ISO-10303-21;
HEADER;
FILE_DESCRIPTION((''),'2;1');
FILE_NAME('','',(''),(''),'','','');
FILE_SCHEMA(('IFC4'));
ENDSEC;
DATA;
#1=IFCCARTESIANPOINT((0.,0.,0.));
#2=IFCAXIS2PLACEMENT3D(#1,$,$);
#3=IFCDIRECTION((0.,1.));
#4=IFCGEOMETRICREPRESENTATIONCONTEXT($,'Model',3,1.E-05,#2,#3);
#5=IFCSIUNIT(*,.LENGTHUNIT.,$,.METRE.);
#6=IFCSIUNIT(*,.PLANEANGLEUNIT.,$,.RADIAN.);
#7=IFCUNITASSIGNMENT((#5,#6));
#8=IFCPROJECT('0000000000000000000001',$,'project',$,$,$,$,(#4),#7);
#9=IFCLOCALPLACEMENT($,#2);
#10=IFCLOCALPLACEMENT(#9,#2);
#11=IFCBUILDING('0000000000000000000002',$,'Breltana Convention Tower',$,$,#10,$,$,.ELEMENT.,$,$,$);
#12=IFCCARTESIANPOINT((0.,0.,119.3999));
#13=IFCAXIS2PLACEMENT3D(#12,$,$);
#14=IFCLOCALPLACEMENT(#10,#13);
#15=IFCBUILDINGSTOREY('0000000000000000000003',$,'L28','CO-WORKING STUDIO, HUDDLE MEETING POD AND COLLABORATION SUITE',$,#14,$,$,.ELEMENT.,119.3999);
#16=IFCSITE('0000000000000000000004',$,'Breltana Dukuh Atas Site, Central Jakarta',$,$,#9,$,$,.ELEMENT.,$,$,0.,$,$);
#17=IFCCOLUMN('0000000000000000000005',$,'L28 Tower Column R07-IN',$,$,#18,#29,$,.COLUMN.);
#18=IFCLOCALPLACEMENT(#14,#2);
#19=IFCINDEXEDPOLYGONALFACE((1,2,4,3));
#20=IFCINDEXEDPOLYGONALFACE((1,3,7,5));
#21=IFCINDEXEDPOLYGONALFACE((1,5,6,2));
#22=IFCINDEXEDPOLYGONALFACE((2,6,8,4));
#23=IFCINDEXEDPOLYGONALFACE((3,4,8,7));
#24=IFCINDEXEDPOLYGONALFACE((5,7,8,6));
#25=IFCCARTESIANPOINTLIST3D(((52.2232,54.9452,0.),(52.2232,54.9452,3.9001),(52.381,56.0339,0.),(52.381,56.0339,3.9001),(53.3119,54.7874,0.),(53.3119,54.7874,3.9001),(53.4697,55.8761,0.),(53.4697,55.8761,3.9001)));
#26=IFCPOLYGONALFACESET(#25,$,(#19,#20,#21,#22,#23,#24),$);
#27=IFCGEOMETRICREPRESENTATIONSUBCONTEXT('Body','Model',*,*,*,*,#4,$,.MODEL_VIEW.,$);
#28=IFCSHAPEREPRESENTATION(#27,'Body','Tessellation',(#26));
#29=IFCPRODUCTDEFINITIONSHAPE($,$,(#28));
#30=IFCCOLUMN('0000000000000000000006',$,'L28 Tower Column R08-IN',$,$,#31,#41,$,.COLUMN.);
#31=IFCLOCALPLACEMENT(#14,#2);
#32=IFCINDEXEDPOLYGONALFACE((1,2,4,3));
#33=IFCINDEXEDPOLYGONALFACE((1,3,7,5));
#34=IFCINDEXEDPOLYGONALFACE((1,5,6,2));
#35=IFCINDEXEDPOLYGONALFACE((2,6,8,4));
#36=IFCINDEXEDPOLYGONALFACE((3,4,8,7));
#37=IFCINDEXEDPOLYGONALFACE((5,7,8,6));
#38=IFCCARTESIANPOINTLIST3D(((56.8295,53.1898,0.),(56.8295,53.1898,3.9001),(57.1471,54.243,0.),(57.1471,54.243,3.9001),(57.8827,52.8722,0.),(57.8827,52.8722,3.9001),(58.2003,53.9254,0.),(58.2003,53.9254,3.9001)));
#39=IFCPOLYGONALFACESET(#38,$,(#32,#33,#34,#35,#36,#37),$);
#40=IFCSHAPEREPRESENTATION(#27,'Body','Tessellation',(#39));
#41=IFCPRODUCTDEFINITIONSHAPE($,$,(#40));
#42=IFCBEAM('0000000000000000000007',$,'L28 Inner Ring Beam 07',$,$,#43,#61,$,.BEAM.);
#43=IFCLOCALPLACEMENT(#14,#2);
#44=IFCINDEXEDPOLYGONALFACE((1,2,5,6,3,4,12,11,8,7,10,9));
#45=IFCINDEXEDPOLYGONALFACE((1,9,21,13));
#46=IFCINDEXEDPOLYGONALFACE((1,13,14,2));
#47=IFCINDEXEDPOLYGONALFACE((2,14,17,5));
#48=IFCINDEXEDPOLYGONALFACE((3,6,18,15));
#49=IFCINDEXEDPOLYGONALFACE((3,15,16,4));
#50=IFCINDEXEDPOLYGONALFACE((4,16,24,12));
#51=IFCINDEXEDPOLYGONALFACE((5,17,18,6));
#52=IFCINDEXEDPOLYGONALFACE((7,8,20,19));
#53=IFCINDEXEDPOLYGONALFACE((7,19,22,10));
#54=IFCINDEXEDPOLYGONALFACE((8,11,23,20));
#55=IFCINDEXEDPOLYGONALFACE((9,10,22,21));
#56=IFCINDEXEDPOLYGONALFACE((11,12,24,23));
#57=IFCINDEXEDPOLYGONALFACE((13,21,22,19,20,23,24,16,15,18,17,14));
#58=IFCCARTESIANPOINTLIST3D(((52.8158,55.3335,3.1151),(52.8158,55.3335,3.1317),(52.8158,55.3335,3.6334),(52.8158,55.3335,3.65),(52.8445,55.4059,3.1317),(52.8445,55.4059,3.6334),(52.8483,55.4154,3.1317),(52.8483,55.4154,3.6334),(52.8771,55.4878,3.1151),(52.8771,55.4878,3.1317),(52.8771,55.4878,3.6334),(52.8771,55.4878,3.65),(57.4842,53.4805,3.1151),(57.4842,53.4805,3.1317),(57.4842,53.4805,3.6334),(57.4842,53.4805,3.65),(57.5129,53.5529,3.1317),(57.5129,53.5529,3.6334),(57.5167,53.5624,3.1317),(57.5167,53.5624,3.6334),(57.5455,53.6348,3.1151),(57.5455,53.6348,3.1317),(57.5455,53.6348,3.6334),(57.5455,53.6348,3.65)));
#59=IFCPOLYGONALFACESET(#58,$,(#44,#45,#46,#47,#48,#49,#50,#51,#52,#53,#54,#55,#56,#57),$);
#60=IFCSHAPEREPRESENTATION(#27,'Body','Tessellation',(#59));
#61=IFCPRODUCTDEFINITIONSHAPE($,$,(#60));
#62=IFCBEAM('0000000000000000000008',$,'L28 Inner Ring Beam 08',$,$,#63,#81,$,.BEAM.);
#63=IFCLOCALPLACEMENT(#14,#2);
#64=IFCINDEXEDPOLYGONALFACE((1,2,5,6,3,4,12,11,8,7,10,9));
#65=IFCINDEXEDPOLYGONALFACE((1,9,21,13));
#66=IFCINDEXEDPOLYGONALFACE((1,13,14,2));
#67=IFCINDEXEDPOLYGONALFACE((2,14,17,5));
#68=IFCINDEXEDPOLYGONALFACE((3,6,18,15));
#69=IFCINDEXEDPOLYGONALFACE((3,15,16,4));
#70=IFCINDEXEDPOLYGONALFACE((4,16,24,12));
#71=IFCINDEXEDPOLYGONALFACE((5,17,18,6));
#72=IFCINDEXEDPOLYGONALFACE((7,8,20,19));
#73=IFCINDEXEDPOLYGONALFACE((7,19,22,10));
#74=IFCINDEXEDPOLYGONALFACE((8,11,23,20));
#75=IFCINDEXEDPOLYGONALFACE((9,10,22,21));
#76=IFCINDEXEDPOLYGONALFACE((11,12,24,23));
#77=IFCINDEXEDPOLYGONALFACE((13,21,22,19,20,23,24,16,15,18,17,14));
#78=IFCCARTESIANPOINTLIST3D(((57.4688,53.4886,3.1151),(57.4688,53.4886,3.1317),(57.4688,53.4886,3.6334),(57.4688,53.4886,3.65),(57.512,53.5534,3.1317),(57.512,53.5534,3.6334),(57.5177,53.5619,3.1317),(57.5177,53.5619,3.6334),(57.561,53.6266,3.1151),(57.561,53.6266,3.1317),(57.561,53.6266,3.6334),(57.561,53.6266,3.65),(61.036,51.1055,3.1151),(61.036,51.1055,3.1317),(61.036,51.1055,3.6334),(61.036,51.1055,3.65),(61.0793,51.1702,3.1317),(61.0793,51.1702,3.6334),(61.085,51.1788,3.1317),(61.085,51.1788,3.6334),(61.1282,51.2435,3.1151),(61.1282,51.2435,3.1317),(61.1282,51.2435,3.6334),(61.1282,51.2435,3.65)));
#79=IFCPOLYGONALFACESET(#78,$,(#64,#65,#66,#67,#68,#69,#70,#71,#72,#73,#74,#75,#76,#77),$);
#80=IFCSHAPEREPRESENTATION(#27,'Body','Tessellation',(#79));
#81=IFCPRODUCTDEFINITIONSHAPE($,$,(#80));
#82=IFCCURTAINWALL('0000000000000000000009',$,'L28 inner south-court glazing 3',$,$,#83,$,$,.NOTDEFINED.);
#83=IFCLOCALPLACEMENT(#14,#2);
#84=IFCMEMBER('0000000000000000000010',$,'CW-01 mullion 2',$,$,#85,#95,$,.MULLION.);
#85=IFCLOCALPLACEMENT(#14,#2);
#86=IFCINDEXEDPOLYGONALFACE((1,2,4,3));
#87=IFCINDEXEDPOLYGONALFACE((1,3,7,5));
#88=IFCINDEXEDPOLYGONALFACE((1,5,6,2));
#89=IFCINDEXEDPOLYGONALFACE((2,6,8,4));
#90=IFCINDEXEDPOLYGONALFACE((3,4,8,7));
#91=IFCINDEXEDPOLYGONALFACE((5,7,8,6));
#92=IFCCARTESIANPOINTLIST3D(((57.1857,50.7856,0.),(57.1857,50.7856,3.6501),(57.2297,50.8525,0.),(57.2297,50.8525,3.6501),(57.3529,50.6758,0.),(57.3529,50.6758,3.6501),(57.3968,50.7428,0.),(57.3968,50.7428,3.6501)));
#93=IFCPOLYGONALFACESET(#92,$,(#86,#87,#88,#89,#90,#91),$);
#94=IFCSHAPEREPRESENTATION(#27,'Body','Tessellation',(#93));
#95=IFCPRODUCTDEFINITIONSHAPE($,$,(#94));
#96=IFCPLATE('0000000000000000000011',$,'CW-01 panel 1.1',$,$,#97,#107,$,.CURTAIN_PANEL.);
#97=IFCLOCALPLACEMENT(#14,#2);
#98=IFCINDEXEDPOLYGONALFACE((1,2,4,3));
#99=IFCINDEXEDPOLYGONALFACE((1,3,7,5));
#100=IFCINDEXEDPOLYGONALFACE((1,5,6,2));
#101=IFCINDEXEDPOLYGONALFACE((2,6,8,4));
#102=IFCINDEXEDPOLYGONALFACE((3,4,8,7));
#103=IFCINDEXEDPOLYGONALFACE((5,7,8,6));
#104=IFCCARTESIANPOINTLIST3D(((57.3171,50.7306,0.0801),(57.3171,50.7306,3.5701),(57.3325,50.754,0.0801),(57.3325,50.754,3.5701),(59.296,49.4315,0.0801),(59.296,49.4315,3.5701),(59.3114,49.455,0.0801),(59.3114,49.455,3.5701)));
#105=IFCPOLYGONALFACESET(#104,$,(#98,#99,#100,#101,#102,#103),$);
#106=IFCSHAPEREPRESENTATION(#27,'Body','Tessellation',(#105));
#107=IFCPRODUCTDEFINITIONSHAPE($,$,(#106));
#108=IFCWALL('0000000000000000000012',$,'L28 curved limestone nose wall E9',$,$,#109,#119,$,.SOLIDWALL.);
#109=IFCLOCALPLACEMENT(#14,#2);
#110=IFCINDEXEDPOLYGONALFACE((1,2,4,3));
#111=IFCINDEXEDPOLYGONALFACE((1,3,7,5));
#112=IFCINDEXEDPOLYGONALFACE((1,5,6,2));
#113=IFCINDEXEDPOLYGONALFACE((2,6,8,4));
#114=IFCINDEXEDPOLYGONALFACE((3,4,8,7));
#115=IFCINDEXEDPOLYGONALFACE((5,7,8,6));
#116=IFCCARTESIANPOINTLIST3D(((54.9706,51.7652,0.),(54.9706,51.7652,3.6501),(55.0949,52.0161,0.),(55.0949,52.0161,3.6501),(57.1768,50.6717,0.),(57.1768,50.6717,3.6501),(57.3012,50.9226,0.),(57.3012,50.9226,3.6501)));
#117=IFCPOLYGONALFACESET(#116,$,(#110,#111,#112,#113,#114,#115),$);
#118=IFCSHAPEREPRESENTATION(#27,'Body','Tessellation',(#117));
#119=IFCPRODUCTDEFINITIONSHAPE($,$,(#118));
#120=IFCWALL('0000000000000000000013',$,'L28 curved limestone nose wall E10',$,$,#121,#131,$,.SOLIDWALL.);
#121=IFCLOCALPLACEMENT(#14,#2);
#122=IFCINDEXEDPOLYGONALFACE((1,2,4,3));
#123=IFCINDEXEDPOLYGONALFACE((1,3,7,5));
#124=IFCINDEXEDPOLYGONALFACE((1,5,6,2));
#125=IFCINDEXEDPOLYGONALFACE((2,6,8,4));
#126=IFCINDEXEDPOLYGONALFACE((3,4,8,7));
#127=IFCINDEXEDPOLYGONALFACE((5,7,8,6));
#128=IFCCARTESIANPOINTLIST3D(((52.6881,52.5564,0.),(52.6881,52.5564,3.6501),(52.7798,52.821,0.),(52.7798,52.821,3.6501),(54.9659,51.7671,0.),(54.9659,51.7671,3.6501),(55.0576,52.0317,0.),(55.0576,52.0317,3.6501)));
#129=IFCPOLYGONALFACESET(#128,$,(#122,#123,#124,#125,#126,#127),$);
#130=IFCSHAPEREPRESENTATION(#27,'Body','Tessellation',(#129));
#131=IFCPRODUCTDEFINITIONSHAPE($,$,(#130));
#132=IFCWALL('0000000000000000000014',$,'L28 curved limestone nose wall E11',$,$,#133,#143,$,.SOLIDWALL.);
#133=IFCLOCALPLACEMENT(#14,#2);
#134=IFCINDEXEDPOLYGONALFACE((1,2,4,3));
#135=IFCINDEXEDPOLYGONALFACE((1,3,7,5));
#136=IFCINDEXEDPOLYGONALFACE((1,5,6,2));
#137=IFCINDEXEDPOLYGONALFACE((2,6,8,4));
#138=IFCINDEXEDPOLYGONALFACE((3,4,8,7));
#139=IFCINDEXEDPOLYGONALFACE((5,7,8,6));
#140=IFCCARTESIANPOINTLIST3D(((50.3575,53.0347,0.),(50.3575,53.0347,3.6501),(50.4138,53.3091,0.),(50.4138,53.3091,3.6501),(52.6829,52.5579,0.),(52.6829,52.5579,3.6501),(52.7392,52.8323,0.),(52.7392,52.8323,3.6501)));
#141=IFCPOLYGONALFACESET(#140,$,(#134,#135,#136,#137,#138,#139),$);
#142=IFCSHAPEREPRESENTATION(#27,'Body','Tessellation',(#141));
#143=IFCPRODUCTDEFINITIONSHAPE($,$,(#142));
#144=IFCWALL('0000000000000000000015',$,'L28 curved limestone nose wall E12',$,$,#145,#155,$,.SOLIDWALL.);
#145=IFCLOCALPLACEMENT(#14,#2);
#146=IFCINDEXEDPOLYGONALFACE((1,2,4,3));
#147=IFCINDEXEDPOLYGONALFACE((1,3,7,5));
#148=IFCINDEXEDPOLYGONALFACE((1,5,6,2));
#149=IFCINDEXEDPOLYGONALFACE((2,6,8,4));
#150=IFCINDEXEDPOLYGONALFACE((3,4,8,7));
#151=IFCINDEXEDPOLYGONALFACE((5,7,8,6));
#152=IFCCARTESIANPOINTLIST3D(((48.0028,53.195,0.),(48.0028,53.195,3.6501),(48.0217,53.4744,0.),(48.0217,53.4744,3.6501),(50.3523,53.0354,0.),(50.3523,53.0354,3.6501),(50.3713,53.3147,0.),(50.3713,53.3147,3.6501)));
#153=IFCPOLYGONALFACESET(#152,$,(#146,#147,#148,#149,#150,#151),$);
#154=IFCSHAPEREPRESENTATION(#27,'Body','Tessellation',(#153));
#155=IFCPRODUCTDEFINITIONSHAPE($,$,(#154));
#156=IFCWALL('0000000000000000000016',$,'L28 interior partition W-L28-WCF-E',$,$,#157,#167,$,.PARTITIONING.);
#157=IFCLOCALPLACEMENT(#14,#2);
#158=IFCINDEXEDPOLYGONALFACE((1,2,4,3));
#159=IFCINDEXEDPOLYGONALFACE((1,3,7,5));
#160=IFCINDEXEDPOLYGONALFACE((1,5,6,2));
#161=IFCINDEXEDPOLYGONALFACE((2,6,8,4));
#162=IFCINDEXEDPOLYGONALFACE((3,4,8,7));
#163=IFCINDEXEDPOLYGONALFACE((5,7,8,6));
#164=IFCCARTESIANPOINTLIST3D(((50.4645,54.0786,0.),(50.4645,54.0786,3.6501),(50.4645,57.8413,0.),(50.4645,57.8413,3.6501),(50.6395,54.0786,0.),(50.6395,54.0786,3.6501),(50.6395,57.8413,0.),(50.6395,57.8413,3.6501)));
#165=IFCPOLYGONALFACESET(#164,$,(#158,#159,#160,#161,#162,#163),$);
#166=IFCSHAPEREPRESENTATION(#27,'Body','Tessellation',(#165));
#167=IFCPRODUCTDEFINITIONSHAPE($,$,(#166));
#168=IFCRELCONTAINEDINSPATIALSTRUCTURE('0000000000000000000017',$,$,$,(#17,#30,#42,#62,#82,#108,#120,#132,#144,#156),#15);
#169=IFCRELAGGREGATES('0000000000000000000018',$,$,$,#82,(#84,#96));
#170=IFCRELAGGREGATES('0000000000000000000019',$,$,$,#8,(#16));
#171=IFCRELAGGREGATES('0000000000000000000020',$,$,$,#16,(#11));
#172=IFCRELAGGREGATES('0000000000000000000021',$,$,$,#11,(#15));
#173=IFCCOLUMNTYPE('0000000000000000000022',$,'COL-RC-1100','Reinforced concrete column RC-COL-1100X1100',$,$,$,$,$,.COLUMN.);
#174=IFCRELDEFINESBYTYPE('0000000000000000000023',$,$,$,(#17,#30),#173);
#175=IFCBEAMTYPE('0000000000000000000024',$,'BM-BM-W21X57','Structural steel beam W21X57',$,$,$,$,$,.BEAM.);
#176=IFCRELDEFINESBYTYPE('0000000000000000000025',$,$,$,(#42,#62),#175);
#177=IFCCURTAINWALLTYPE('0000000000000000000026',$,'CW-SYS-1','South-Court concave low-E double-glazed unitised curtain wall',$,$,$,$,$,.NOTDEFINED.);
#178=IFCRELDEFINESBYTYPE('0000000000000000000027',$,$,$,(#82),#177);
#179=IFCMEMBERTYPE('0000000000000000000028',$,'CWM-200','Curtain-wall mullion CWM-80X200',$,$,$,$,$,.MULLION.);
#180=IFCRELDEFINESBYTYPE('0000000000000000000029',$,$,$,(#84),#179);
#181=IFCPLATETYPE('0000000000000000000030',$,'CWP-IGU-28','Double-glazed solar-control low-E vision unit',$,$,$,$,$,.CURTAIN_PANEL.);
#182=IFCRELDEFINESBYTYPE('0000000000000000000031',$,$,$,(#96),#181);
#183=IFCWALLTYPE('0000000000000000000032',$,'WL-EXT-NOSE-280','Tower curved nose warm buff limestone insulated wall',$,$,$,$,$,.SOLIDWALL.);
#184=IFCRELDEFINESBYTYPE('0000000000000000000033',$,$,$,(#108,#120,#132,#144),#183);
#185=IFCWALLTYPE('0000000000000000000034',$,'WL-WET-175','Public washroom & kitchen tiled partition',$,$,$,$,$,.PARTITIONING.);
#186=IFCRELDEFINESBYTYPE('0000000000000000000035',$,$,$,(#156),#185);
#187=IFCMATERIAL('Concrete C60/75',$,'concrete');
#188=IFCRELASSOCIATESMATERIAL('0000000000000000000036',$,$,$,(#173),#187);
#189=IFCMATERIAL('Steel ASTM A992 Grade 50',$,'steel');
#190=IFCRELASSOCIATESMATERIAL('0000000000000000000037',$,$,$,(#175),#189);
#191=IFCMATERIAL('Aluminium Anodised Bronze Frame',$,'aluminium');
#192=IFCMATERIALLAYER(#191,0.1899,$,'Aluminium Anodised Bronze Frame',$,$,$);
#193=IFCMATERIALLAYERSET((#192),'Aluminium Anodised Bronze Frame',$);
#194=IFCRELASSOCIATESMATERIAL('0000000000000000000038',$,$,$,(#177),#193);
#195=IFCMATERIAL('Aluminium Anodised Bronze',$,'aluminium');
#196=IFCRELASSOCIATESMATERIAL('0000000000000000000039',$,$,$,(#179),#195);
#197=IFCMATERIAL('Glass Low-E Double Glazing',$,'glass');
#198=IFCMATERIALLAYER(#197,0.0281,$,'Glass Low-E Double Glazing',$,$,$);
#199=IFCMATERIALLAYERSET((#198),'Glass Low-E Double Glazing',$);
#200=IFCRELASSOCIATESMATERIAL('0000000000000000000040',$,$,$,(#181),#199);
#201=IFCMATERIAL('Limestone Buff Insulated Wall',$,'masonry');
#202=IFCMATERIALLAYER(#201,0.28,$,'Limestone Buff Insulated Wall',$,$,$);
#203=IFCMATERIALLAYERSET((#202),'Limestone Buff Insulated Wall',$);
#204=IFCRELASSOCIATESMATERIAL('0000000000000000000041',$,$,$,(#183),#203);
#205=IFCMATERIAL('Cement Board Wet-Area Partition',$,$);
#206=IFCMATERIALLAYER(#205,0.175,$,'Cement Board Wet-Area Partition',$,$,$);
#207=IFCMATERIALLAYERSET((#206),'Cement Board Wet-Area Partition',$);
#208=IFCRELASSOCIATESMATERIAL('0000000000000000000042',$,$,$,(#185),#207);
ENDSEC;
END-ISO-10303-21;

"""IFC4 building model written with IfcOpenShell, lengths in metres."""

from ifc_helpers import new_model, si_unit, direction, frame, frame_2d, origin, origin_2d, place, context, subcontext, project, spatial, rectangle, i_section, extrude, source, transform, mapped, material, layer, layer_set, material_profile, profile_set, type_object, element, aggregate, save


model = new_model("IFC4")

# Units and contexts
model_context = context("Model", 3, precision=1e-05, world=origin(), true_north=direction((0.0, 1.0)))
body_context = subcontext(model_context, "Body", "Model", "MODEL_VIEW")
ifc_project = project(units=[si_unit("LENGTHUNIT", "METRE"), si_unit("PLANEANGLEUNIT", "RADIAN")], contexts=[model_context])

# Site, building, storey
site_placement = place(None, origin())
site = spatial("IfcSite", under=ifc_project, at=site_placement, Name="Breltana Dukuh Atas Site, Central Jakarta", CompositionType="ELEMENT", RefElevation=0.0)
building_placement = place(site_placement, origin())
building = spatial("IfcBuilding", under=site, at=building_placement, Name="Breltana Convention Tower", CompositionType="ELEMENT")
storey_placement = place(building_placement, frame((0.0, 0.0, 119.3999)))
storey = spatial("IfcBuildingStorey", under=building, at=storey_placement, Name="L28", Description="CO-WORKING STUDIO, HUDDLE MEETING POD AND COLLABORATION SUITE", CompositionType="ELEMENT", Elevation=119.3999)

# Columns
ifc_material_1 = material(Name="Concrete C60/75", Category="concrete")
ifc_material_profile_1 = material_profile(ifc_material_1, rectangle(XDim=1.1001, YDim=1.1001, at=origin_2d()), Name="RC-COL-1100X1100")
ifc_profile_set_1 = profile_set([ifc_material_profile_1], Name="Concrete C60/75")
column_type = type_object("IfcColumnType", Name="COL-RC-1100", Description="Reinforced concrete column RC-COL-1100X1100", PredefinedType="COLUMN", material=ifc_profile_set_1)
shared_shape_1 = source(origin(), body_context, "Body", "SweptSolid", [
    extrude(rectangle(XDim=1.1001, YDim=1.1001, at=origin_2d()), origin(), (0.0, 0.0, 1.0), 3.9001),
])
for number, where, z_axis, x_axis, name in (
    (1, (52.8464, 55.4106, 0.0), (0.0, 0.0, 1.0), (0.143493, 0.989651, 0.0), "L28 Tower Column R07-IN"),
    (2, (57.5149, 53.5576, 0.0), (0.0, 0.0, 1.0), (0.288698, 0.95742, 0.0), "L28 Tower Column R08-IN"),
):
    element("IfcColumn", number, at=place(storey_placement, frame(where, z_axis=z_axis, x_axis=x_axis)), inside=storey, type_object=column_type, Name=name, PredefinedType="COLUMN", context=body_context, shape_type="MappedRepresentation", body=[
        mapped(shared_shape_1, transform((0.0, 0.0, 0.0), scale=1.0)),
    ])

# Beams
ifc_material_2 = material(Name="Steel ASTM A992 Grade 50", Category="steel")
ifc_material_profile_2 = material_profile(ifc_material_2, i_section(OverallWidth=0.166, OverallDepth=0.5349, WebThickness=0.0103, FlangeThickness=0.0166, at=origin_2d()), Name="W21X57")
ifc_profile_set_2 = profile_set([ifc_material_profile_2], Name="Steel ASTM A992 Grade 50")
beam_type = type_object("IfcBeamType", Name="BM-BM-W21X57", Description="Structural steel beam W21X57", PredefinedType="BEAM", material=ifc_profile_set_2)
shared_shape_2 = source(origin(), body_context, "Body", "SweptSolid", [
    extrude(i_section(OverallWidth=0.166, OverallDepth=0.5349, WebThickness=0.0103, FlangeThickness=0.0166, at=origin_2d()), origin(), (0.0, 0.0, 1.0), 5.0227),
])
beam_1_placement = place(storey_placement, frame((52.8464, 55.4106, 3.3826), z_axis=(0.929459, -0.368926, 0.0), x_axis=(0.368926, 0.929459, 0.0)))
element("IfcBeam", 3, at=beam_1_placement, inside=storey, type_object=beam_type, Name="L28 Inner Ring Beam 07", PredefinedType="BEAM", context=body_context, shape_type="MappedRepresentation", body=[
    mapped(shared_shape_2, transform((0.0, 0.0, 0.0), scale=1.0)),
])
shared_shape_3 = source(origin(), body_context, "Body", "SweptSolid", [
    extrude(i_section(OverallWidth=0.166, OverallDepth=0.5349, WebThickness=0.0103, FlangeThickness=0.0166, at=origin_2d()), origin(), (0.0, 0.0, 1.0), 4.29),
])
beam_2_placement = place(storey_placement, frame((57.5149, 53.5576, 3.3826), z_axis=(0.831516, -0.555501, 0.0), x_axis=(0.555501, 0.831516, 0.0)))
element("IfcBeam", 4, at=beam_2_placement, inside=storey, type_object=beam_type, Name="L28 Inner Ring Beam 08", PredefinedType="BEAM", context=body_context, shape_type="MappedRepresentation", body=[
    mapped(shared_shape_3, transform((0.0, 0.0, 0.0), scale=1.0)),
])

# Curtain wall, member, plate
ifc_material_3 = material(Name="Aluminium Anodised Bronze Frame", Category="aluminium")
ifc_layer_1 = layer(ifc_material_3, 0.1899, Name="Aluminium Anodised Bronze Frame")
ifc_layer_set_1 = layer_set([ifc_layer_1], Name="Aluminium Anodised Bronze Frame")
curtain_wall_type = type_object("IfcCurtainWallType", Name="CW-SYS-1", Description="South-Court concave low-E double-glazed unitised curtain wall", PredefinedType="NOTDEFINED", material=ifc_layer_set_1)
curtain_wall_placement = place(storey_placement, origin())
curtain_wall = element("IfcCurtainWall", 5, at=curtain_wall_placement, inside=storey, type_object=curtain_wall_type, Name="L28 inner south-court glazing 3", PredefinedType="NOTDEFINED")
ifc_material_4 = material(Name="Aluminium Anodised Bronze", Category="aluminium")
ifc_material_profile_3 = material_profile(ifc_material_4, rectangle(XDim=0.0801, YDim=0.2, at=origin_2d()), Name="CWM-80X200")
ifc_profile_set_3 = profile_set([ifc_material_profile_3], Name="Aluminium Anodised Bronze")
member_type = type_object("IfcMemberType", Name="CWM-200", Description="Curtain-wall mullion CWM-80X200", PredefinedType="MULLION", material=ifc_profile_set_3)
shared_shape_4 = source(origin(), body_context, "Body", "SweptSolid", [
    extrude(rectangle(XDim=0.0801, YDim=0.2, at=origin_2d()), origin(), (0.0, 0.0, 1.0), 3.6501),
])
member_placement = place(storey_placement, frame((57.2913, 50.7642, 0.0), z_axis=(0.0, 0.0, 1.0), x_axis=(-0.548778, -0.835968, 0.0)))
member = element("IfcMember", 6, at=member_placement, type_object=member_type, Name="CW-01 mullion 2", PredefinedType="MULLION", context=body_context, shape_type="MappedRepresentation", body=[
    mapped(shared_shape_4, transform((0.0, 0.0, 0.0), scale=1.0)),
])
ifc_material_5 = material(Name="Glass Low-E Double Glazing", Category="glass")
ifc_layer_2 = layer(ifc_material_5, 0.0281, Name="Glass Low-E Double Glazing")
ifc_layer_set_2 = layer_set([ifc_layer_2], Name="Glass Low-E Double Glazing")
plate_type = type_object("IfcPlateType", Name="CWP-IGU-28", Description="Double-glazed solar-control low-E vision unit", PredefinedType="CURTAIN_PANEL", material=ifc_layer_set_2)
shared_shape_5 = source(origin(), body_context, "Body", "SweptSolid", [
    extrude(rectangle(XDim=2.3672, YDim=0.0281, at=origin_2d()), origin(), (0.0, 0.0, 1.0), 3.49),
])
plate_placement = place(storey_placement, frame((58.3142, 50.0928, 0.0801), z_axis=(0.0, 0.0, 1.0), x_axis=(-0.835968, 0.548778, 0.0)))
plate = element("IfcPlate", 7, at=plate_placement, type_object=plate_type, Name="CW-01 panel 1.1", PredefinedType="CURTAIN_PANEL", context=body_context, shape_type="MappedRepresentation", body=[
    mapped(shared_shape_5, transform((0.0, 0.0, 0.0), scale=1.0)),
])
aggregate(curtain_wall, [member, plate])

# Walls
ifc_material_6 = material(Name="Limestone Buff Insulated Wall", Category="masonry")
ifc_layer_3 = layer(ifc_material_6, 0.28, Name="Limestone Buff Insulated Wall")
ifc_layer_set_3 = layer_set([ifc_layer_3], Name="Limestone Buff Insulated Wall")
wall_type_1 = type_object("IfcWallType", Name="WL-EXT-NOSE-280", Description="Tower curved nose warm buff limestone insulated wall", PredefinedType="SOLIDWALL", material=ifc_layer_set_3)
shared_shape_6 = source(origin(), body_context, "Body", "SweptSolid", [
    extrude(rectangle(XDim=2.4624, YDim=0.28, at=frame_2d((1.2312, 0.0))), origin(), (0.0, 0.0, 1.0), 3.6501),
])
wall_1_placement = place(storey_placement, frame((57.239, 50.7971, 0.0), z_axis=(0.0, 0.0, 1.0), x_axis=(-0.895988, 0.444078, 0.0)))
element("IfcWall", 8, at=wall_1_placement, inside=storey, type_object=wall_type_1, Name="L28 curved limestone nose wall E9", PredefinedType="SOLIDWALL", context=body_context, shape_type="MappedRepresentation", body=[
    mapped(shared_shape_6, transform((0.0, 0.0, 0.0), scale=1.0)),
])
shared_shape_7 = source(origin(), body_context, "Body", "SweptSolid", [
    extrude(rectangle(XDim=2.4106, YDim=0.28, at=frame_2d((1.2053, 0.0))), origin(), (0.0, 0.0, 1.0), 3.6501),
])
wall_2_placement = place(storey_placement, frame((55.0117, 51.8994, 0.0), z_axis=(0.0, 0.0, 1.0), x_axis=(-0.94488, 0.327417, 0.0)))
element("IfcWall", 9, at=wall_2_placement, inside=storey, type_object=wall_type_1, Name="L28 curved limestone nose wall E10", PredefinedType="SOLIDWALL", context=body_context, shape_type="MappedRepresentation", body=[
    mapped(shared_shape_7, transform((0.0, 0.0, 0.0), scale=1.0)),
])
shared_shape_8 = source(origin(), body_context, "Body", "SweptSolid", [
    extrude(rectangle(XDim=2.3738, YDim=0.28, at=frame_2d((1.187, 0.0))), origin(), (0.0, 0.0, 1.0), 3.6501),
])
wall_3_placement = place(storey_placement, frame((52.7112, 52.6951, 0.0), z_axis=(0.0, 0.0, 1.0), x_axis=(-0.97962, 0.200861, 0.0)))
element("IfcWall", 10, at=wall_3_placement, inside=storey, type_object=wall_type_1, Name="L28 curved limestone nose wall E11", PredefinedType="SOLIDWALL", context=body_context, shape_type="MappedRepresentation", body=[
    mapped(shared_shape_8, transform((0.0, 0.0, 0.0), scale=1.0)),
])
shared_shape_9 = source(origin(), body_context, "Body", "SweptSolid", [
    extrude(rectangle(XDim=2.355, YDim=0.28, at=frame_2d((1.1775, 0.0))), origin(), (0.0, 0.0, 1.0), 3.6501),
])
wall_4_placement = place(storey_placement, frame((50.3618, 53.175, 0.0), z_axis=(0.0, 0.0, 1.0), x_axis=(-0.997699, 0.067799, 0.0)))
element("IfcWall", 11, at=wall_4_placement, inside=storey, type_object=wall_type_1, Name="L28 curved limestone nose wall E12", PredefinedType="SOLIDWALL", context=body_context, shape_type="MappedRepresentation", body=[
    mapped(shared_shape_9, transform((0.0, 0.0, 0.0), scale=1.0)),
])
ifc_material_7 = material(Name="Cement Board Wet-Area Partition")
ifc_layer_4 = layer(ifc_material_7, 0.175, Name="Cement Board Wet-Area Partition")
ifc_layer_set_4 = layer_set([ifc_layer_4], Name="Cement Board Wet-Area Partition")
wall_type_2 = type_object("IfcWallType", Name="WL-WET-175", Description="Public washroom & kitchen tiled partition", PredefinedType="PARTITIONING", material=ifc_layer_set_4)
shared_shape_10 = source(origin(), body_context, "Body", "SweptSolid", [
    extrude(rectangle(XDim=3.7627, YDim=0.175, at=frame_2d((1.8813, 0.0))), origin(), (0.0, 0.0, 1.0), 3.6501),
])
for number, where, z_axis, x_axis, name in (
    (12, (50.552, 54.0786, 0.0), (0.0, 0.0, 1.0), (0.0, 1.0, 0.0), "L28 interior partition W-L28-WCF-E"),
):
    element("IfcWall", number, at=place(storey_placement, frame(where, z_axis=z_axis, x_axis=x_axis)), inside=storey, type_object=wall_type_2, Name=name, PredefinedType="PARTITIONING", context=body_context, shape_type="MappedRepresentation", body=[
        mapped(shared_shape_10, transform((0.0, 0.0, 0.0), scale=1.0)),
    ])

save(model, "model.ifc")
